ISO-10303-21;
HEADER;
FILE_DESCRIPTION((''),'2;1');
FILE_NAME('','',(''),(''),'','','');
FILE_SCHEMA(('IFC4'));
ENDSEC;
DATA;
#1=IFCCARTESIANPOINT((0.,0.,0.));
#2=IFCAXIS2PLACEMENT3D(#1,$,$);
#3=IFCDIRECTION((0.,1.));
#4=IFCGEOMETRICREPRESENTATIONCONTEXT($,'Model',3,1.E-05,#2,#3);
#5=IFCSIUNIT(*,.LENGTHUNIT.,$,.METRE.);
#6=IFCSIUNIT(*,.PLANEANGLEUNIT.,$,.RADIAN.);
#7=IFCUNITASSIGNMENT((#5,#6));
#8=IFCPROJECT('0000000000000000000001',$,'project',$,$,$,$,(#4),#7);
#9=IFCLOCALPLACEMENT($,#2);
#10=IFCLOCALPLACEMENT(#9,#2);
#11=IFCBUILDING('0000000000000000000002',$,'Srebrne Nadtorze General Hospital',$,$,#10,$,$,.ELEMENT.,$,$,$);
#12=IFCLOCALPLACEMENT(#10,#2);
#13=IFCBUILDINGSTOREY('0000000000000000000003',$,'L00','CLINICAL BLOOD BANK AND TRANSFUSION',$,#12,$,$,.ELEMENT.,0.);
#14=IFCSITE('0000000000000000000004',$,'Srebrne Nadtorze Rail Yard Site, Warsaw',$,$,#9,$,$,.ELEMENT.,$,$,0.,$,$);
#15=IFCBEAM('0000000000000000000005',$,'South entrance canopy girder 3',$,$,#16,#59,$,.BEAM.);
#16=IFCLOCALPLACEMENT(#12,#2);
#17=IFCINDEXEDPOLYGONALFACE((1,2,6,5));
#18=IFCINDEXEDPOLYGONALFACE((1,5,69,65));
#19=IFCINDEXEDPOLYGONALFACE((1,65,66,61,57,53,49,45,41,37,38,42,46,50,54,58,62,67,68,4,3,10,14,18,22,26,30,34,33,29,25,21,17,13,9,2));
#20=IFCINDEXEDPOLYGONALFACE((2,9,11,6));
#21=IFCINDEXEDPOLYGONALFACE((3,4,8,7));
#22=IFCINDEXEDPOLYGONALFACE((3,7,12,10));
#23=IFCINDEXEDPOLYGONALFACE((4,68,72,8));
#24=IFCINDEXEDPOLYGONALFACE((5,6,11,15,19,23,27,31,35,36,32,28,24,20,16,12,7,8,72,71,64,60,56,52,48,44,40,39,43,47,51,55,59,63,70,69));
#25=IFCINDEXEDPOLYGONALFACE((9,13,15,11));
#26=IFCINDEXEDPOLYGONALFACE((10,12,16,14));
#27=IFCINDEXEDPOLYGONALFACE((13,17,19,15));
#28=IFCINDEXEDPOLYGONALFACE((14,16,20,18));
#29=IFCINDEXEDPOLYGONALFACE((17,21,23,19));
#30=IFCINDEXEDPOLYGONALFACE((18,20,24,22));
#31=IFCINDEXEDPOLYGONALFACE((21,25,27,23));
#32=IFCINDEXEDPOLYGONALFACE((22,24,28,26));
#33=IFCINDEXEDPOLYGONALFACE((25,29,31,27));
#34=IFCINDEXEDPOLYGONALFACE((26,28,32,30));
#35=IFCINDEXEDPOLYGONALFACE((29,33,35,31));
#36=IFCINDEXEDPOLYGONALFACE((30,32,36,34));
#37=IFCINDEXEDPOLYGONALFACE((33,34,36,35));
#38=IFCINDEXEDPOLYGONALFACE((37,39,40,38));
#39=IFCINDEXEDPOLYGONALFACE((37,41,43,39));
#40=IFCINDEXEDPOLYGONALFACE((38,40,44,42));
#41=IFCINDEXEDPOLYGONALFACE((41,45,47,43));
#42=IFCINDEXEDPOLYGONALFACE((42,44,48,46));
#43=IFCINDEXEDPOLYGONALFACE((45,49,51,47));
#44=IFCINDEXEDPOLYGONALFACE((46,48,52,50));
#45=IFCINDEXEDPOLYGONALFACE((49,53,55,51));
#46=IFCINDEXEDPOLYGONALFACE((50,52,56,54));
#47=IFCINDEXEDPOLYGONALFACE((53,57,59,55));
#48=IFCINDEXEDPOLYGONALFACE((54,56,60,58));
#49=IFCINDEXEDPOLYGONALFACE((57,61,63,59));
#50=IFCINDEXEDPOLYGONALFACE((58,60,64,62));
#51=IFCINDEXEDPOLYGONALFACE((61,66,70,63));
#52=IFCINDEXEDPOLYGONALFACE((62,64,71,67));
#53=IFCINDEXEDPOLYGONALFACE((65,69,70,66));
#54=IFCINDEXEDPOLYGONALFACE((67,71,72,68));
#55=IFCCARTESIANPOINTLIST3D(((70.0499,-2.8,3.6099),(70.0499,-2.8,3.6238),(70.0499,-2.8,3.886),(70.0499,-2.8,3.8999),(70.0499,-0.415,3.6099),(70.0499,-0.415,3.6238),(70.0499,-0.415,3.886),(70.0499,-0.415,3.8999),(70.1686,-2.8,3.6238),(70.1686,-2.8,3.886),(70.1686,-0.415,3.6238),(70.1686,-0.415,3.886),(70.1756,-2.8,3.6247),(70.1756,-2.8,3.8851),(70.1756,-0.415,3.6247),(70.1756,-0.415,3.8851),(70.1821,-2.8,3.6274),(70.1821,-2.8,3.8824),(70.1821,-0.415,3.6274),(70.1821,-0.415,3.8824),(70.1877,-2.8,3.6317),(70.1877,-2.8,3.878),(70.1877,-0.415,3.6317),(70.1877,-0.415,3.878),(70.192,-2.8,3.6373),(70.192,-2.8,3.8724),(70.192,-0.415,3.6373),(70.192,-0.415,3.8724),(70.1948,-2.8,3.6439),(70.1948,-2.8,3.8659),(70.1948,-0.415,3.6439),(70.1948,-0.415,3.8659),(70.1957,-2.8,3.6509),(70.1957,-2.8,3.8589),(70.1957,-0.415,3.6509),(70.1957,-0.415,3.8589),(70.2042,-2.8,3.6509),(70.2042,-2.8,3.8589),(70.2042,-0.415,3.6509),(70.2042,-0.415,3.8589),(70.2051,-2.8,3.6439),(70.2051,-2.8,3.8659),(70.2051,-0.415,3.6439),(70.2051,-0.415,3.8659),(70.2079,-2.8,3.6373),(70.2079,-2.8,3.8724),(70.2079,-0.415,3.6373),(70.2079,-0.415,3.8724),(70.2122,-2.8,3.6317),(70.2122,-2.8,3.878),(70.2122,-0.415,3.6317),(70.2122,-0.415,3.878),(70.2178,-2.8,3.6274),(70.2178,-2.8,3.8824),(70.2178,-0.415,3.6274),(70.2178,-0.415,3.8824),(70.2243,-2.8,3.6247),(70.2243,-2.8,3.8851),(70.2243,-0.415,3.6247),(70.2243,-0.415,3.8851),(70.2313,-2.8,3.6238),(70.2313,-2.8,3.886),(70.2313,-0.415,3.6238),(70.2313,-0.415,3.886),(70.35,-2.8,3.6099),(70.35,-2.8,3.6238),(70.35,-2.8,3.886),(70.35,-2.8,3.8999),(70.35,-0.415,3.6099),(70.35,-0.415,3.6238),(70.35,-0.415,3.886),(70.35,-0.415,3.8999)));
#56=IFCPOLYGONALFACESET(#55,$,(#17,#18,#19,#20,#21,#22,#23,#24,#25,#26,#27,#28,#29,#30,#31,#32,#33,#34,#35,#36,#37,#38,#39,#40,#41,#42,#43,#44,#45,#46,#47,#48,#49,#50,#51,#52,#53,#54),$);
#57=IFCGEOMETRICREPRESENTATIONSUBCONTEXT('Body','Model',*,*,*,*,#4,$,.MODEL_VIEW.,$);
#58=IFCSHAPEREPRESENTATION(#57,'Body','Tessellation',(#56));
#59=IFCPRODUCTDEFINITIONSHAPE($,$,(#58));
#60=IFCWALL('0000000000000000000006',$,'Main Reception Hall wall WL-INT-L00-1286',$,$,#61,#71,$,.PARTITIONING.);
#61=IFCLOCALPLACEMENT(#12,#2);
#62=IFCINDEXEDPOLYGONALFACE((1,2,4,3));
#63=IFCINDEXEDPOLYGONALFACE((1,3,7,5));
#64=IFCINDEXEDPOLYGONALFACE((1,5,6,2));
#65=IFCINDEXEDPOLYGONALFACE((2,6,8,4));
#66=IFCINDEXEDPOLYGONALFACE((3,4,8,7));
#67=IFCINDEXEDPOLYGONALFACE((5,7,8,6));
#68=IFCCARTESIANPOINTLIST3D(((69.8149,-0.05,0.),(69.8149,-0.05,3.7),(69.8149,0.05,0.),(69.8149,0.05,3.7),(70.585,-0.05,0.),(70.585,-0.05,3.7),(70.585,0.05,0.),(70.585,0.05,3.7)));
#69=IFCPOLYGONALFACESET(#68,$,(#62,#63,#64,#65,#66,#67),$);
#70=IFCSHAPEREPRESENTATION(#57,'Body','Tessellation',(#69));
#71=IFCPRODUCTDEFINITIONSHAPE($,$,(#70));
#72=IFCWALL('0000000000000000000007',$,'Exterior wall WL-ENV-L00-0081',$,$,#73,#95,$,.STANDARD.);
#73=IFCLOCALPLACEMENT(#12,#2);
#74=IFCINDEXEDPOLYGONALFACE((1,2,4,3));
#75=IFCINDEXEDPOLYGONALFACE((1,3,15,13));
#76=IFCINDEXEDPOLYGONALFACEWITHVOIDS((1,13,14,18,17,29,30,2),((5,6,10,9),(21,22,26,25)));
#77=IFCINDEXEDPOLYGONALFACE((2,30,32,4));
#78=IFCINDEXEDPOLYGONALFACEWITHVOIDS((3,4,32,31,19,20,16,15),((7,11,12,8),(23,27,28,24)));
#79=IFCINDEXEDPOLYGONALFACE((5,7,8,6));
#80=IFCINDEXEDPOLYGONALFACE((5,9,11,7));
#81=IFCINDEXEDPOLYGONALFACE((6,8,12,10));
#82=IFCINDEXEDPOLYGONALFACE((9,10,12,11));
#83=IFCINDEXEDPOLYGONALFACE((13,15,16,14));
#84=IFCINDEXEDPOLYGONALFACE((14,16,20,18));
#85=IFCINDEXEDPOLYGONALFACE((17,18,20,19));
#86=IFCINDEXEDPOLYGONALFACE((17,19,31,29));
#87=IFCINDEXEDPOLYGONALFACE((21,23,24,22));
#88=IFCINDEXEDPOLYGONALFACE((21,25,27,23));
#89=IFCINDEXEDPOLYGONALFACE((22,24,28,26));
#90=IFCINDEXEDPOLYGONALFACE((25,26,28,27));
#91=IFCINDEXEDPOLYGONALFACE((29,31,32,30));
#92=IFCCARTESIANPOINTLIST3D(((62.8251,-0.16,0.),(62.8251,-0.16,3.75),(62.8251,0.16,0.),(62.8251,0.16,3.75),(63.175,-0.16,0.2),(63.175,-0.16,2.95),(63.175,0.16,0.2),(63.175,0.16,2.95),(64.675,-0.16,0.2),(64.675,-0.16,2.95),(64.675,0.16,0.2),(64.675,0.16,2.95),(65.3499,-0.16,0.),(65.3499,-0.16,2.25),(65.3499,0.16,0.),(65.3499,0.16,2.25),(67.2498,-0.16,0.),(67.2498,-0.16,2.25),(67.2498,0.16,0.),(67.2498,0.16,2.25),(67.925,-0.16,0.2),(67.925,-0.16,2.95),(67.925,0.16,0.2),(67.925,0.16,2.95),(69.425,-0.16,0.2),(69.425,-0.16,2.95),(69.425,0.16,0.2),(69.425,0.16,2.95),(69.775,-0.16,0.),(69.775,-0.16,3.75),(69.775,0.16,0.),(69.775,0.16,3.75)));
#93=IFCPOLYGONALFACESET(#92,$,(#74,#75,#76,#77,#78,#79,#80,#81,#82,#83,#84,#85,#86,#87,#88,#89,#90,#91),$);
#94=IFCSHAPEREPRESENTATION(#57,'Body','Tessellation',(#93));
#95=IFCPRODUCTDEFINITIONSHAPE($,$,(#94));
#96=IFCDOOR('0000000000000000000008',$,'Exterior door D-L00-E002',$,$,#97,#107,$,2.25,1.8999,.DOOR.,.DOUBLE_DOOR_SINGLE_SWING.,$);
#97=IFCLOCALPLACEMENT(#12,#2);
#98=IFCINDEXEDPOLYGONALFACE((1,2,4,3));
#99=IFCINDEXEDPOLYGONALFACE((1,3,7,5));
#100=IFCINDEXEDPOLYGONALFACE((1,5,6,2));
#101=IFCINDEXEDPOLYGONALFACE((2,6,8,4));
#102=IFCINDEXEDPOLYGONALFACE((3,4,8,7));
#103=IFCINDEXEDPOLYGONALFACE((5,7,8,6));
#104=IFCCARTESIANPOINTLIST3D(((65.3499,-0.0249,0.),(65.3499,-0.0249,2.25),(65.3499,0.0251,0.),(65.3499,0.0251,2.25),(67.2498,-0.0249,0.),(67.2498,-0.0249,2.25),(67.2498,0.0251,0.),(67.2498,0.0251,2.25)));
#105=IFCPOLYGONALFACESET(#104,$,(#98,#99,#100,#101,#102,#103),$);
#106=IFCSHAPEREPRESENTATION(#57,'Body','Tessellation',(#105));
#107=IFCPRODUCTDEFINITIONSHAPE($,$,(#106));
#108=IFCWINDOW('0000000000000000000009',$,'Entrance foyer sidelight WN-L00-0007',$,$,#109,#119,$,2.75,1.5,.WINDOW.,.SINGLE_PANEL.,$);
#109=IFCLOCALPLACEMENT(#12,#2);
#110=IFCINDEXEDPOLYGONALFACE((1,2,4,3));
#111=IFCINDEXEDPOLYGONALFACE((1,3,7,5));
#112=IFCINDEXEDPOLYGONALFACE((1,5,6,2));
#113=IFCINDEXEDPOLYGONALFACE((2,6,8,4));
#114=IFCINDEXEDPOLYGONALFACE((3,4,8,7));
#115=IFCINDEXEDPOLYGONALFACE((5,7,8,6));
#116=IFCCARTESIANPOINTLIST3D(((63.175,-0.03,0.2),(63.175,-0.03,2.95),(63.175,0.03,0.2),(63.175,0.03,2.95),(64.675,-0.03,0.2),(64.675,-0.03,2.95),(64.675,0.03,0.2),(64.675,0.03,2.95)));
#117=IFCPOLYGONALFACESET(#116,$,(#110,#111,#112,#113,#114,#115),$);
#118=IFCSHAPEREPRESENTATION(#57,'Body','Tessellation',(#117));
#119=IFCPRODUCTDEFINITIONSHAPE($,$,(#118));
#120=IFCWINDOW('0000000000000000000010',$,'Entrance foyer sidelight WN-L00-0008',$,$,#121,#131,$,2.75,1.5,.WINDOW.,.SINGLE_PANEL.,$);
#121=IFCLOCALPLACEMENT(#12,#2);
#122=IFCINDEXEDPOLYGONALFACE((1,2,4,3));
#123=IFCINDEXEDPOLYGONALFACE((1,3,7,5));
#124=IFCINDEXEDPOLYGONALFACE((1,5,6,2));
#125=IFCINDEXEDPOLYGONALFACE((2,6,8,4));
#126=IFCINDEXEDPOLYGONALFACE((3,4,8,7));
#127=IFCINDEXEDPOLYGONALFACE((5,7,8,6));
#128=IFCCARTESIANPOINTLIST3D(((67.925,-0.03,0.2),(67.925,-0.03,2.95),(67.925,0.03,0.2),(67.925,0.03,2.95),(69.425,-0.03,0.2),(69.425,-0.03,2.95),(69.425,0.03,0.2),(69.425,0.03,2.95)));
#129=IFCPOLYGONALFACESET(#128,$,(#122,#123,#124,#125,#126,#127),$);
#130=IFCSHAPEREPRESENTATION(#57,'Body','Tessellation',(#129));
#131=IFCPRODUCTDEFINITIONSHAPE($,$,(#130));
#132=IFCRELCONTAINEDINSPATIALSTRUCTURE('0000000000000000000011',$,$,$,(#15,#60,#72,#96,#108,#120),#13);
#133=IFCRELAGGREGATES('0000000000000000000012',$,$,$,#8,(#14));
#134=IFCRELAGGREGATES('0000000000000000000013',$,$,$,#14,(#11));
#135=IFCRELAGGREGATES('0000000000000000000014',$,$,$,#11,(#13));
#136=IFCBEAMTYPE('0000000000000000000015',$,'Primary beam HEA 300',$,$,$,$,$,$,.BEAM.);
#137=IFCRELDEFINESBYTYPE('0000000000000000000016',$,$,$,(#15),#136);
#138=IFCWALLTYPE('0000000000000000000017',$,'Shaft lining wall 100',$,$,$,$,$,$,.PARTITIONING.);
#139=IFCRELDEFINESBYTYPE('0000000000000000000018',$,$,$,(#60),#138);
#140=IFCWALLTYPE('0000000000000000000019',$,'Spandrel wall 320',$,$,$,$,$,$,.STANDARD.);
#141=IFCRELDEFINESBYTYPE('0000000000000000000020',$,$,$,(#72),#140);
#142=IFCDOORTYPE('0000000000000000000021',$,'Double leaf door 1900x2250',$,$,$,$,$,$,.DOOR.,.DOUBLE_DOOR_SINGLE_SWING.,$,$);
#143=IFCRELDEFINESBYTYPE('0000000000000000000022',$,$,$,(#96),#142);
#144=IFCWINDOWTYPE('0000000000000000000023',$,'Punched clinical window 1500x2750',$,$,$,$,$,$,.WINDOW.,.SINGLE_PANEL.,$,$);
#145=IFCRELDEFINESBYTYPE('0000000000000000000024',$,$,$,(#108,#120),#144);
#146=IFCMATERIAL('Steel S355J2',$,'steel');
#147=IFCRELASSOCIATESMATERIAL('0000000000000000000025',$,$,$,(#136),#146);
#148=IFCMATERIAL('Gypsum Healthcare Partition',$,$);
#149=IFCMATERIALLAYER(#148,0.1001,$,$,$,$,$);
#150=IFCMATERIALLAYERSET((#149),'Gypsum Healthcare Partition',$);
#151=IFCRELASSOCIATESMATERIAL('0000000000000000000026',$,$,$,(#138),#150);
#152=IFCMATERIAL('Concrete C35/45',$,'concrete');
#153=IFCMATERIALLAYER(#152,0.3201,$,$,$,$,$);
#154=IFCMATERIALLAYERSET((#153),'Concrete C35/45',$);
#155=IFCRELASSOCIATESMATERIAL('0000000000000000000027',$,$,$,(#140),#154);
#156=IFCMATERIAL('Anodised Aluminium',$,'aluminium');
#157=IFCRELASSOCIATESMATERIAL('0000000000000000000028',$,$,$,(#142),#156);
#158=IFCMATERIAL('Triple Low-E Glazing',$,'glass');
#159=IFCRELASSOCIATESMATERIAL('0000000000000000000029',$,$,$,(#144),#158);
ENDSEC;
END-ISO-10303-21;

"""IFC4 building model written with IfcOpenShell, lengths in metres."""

from ifc_helpers import new_model, si_unit, direction, frame, frame_2d, origin, origin_2d, place, context, subcontext, project, spatial, rectangle, i_section, extrude, material, layer, layer_set, material_profile, profile_set, type_object, element, fill, save


model = new_model("IFC4")

# Units and contexts
model_context = context("Model", 3, precision=1e-05, world=origin(), true_north=direction((0.0, 1.0)))
body_context = subcontext(model_context, "Body", "Model", "MODEL_VIEW")
ifc_project = project(units=[si_unit("LENGTHUNIT", "METRE"), si_unit("PLANEANGLEUNIT", "RADIAN")], contexts=[model_context])

# Site, building, storey
site_placement = place(None, origin())
site = spatial("IfcSite", under=ifc_project, at=site_placement, Name="Srebrne Nadtorze Rail Yard Site, Warsaw", CompositionType="ELEMENT", RefElevation=0.0)
building_placement = place(site_placement, origin())
building = spatial("IfcBuilding", under=site, at=building_placement, Name="Srebrne Nadtorze General Hospital", CompositionType="ELEMENT")
storey_placement = place(building_placement, origin())
storey = spatial("IfcBuildingStorey", under=building, at=storey_placement, Name="L00", Description="CLINICAL BLOOD BANK AND TRANSFUSION", CompositionType="ELEMENT", Elevation=0.0)

# Beam
ifc_material_1 = material(Name="Steel S355J2", Category="steel")
ifc_material_profile_1 = material_profile(ifc_material_1, i_section(OverallWidth=0.3, OverallDepth=0.29, WebThickness=0.0085, FlangeThickness=0.0139, FilletRadius=0.0271, at=origin_2d()), Name="HEA-300")
ifc_profile_set_1 = profile_set([ifc_material_profile_1], Name="Steel S355J2")
beam_type_1 = type_object("IfcBeamType", Name="Primary beam HEA 300", PredefinedType="BEAM", material=ifc_profile_set_1)
beam_placement = place(storey_placement, frame((70.2, -0.415, 3.7549), z_axis=(0.0, -1.0, 0.0), x_axis=(1.0, 0.0, 0.0)))
element("IfcBeam", 1, at=beam_placement, inside=storey, type_object=beam_type_1, Name="South entrance canopy girder 3", PredefinedType="BEAM", context=body_context, shape_type="SweptSolid", body=[
    extrude(i_section(OverallWidth=0.3, OverallDepth=0.29, WebThickness=0.0085, FlangeThickness=0.0139, FilletRadius=0.0271, at=origin_2d()), origin(), (0.0, 0.0, 1.0), 2.385),
])

# Wall
ifc_material_2 = material(Name="Gypsum Healthcare Partition")
ifc_layer_1 = layer(ifc_material_2, 0.1001)
ifc_layer_set_1 = layer_set([ifc_layer_1], Name="Gypsum Healthcare Partition")
wall_type_1 = type_object("IfcWallType", Name="Shaft lining wall 100", PredefinedType="PARTITIONING", material=ifc_layer_set_1)
wall_1_placement = place(storey_placement, frame((69.8149, 0.0, 0.0), z_axis=(0.0, 0.0, 1.0), x_axis=(1.0, 0.0, 0.0)))
element("IfcWall", 2, at=wall_1_placement, inside=storey, type_object=wall_type_1, Name="Main Reception Hall wall WL-INT-L00-1286", PredefinedType="PARTITIONING", context=body_context, shape_type="SweptSolid", body=[
    extrude(rectangle(XDim=0.77, YDim=0.1001, at=frame_2d((0.385, 0.0))), origin(), (0.0, 0.0, 1.0), 3.7),
])

# Wall, openings, door, windows
ifc_material_3 = material(Name="Concrete C35/45", Category="concrete")
ifc_layer_2 = layer(ifc_material_3, 0.3201)
ifc_layer_set_2 = layer_set([ifc_layer_2], Name="Concrete C35/45")
wall_type_2 = type_object("IfcWallType", Name="Spandrel wall 320", PredefinedType="STANDARD", material=ifc_layer_set_2)
wall_2_placement = place(storey_placement, frame((62.825, 0.0, 0.0), z_axis=(0.0, 0.0, 1.0), x_axis=(1.0, 0.0, 0.0)))
wall_2 = element("IfcWall", 3, at=wall_2_placement, inside=storey, type_object=wall_type_2, Name="Exterior wall WL-ENV-L00-0081", PredefinedType="STANDARD", context=body_context, shape_type="SweptSolid", body=[
    extrude(rectangle(XDim=6.95, YDim=0.3201, at=frame_2d((3.4751, 0.0))), origin(), (0.0, 0.0, 1.0), 3.75),
])
opening_1_placement = place(wall_2_placement, frame((2.5249, 0.0, 0.0)))
opening_1 = element("IfcOpeningElement", 4, at=opening_1_placement, cuts=wall_2, PredefinedType="OPENING", context=body_context, shape_type="SweptSolid", body=[
    extrude(rectangle(XDim=1.8999, YDim=2.25, at=frame_2d((0.95, 1.125))), frame((0.0, 0.1719, 0.0), z_axis=(0.0, -1.0, 0.0), x_axis=(1.0, 0.0, 0.0)), (0.0, 0.0, 1.0), 0.344),
])
opening_2_placement = place(wall_2_placement, frame((0.3501, 0.0, 0.2)))
opening_2 = element("IfcOpeningElement", 5, at=opening_2_placement, cuts=wall_2, PredefinedType="OPENING", context=body_context, shape_type="SweptSolid", body=[
    extrude(rectangle(XDim=1.5, YDim=2.75, at=frame_2d((0.75, 1.375))), frame((0.0, 0.1719, 0.0), z_axis=(0.0, -1.0, 0.0), x_axis=(1.0, 0.0, 0.0)), (0.0, 0.0, 1.0), 0.344),
])
opening_3_placement = place(wall_2_placement, frame((5.1001, 0.0, 0.2)))
opening_3 = element("IfcOpeningElement", 6, at=opening_3_placement, cuts=wall_2, PredefinedType="OPENING", context=body_context, shape_type="SweptSolid", body=[
    extrude(rectangle(XDim=1.5, YDim=2.75, at=frame_2d((0.75, 1.375))), frame((0.0, 0.1719, 0.0), z_axis=(0.0, -1.0, 0.0), x_axis=(1.0, 0.0, 0.0)), (0.0, 0.0, 1.0), 0.344),
])
ifc_material_4 = material(Name="Anodised Aluminium", Category="aluminium")
door_type = type_object("IfcDoorType", Name="Double leaf door 1900x2250", OperationType="DOUBLE_DOOR_SINGLE_SWING", PredefinedType="DOOR", material=ifc_material_4)
door_placement = place(opening_1_placement, frame((1.8999, 0.0, 0.0), z_axis=(0.0, 0.0, 1.0), x_axis=(-1.0, 0.0, 0.0)))
door = element("IfcDoor", 7, at=door_placement, inside=storey, type_object=door_type, Name="Exterior door D-L00-E002", OperationType="DOUBLE_DOOR_SINGLE_SWING", OverallHeight=2.25, OverallWidth=1.8999, PredefinedType="DOOR", context=body_context, shape_type="SweptSolid", body=[
    extrude(rectangle(XDim=1.8999, YDim=2.25, at=frame_2d((0.95, 1.125))), frame((0.0, 0.0249, 0.0), z_axis=(0.0, -1.0, 0.0), x_axis=(1.0, 0.0, 0.0)), (0.0, 0.0, 1.0), 0.05),
])
fill(opening_1, door)
ifc_material_5 = material(Name="Triple Low-E Glazing", Category="glass")
window_type = type_object("IfcWindowType", Name="Punched clinical window 1500x2750", PartitioningType="SINGLE_PANEL", PredefinedType="WINDOW", material=ifc_material_5)
window_1_placement = place(opening_2_placement, origin())
window_1 = element("IfcWindow", 8, at=window_1_placement, inside=storey, type_object=window_type, Name="Entrance foyer sidelight WN-L00-0007", OverallHeight=2.75, OverallWidth=1.5, PartitioningType="SINGLE_PANEL", PredefinedType="WINDOW", context=body_context, shape_type="SweptSolid", body=[
    extrude(rectangle(XDim=1.5, YDim=2.75, at=frame_2d((0.75, 1.375))), frame((0.0, 0.03, 0.0), z_axis=(0.0, -1.0, 0.0), x_axis=(1.0, 0.0, 0.0)), (0.0, 0.0, 1.0), 0.0601),
])
fill(opening_2, window_1)
window_2_placement = place(opening_3_placement, origin())
window_2 = element("IfcWindow", 9, at=window_2_placement, inside=storey, type_object=window_type, Name="Entrance foyer sidelight WN-L00-0008", OverallHeight=2.75, OverallWidth=1.5, PartitioningType="SINGLE_PANEL", PredefinedType="WINDOW", context=body_context, shape_type="SweptSolid", body=[
    extrude(rectangle(XDim=1.5, YDim=2.75, at=frame_2d((0.75, 1.375))), frame((0.0, 0.03, 0.0), z_axis=(0.0, -1.0, 0.0), x_axis=(1.0, 0.0, 0.0)), (0.0, 0.0, 1.0), 0.0601),
])
fill(opening_3, window_2)

save(model, "model.ifc")
